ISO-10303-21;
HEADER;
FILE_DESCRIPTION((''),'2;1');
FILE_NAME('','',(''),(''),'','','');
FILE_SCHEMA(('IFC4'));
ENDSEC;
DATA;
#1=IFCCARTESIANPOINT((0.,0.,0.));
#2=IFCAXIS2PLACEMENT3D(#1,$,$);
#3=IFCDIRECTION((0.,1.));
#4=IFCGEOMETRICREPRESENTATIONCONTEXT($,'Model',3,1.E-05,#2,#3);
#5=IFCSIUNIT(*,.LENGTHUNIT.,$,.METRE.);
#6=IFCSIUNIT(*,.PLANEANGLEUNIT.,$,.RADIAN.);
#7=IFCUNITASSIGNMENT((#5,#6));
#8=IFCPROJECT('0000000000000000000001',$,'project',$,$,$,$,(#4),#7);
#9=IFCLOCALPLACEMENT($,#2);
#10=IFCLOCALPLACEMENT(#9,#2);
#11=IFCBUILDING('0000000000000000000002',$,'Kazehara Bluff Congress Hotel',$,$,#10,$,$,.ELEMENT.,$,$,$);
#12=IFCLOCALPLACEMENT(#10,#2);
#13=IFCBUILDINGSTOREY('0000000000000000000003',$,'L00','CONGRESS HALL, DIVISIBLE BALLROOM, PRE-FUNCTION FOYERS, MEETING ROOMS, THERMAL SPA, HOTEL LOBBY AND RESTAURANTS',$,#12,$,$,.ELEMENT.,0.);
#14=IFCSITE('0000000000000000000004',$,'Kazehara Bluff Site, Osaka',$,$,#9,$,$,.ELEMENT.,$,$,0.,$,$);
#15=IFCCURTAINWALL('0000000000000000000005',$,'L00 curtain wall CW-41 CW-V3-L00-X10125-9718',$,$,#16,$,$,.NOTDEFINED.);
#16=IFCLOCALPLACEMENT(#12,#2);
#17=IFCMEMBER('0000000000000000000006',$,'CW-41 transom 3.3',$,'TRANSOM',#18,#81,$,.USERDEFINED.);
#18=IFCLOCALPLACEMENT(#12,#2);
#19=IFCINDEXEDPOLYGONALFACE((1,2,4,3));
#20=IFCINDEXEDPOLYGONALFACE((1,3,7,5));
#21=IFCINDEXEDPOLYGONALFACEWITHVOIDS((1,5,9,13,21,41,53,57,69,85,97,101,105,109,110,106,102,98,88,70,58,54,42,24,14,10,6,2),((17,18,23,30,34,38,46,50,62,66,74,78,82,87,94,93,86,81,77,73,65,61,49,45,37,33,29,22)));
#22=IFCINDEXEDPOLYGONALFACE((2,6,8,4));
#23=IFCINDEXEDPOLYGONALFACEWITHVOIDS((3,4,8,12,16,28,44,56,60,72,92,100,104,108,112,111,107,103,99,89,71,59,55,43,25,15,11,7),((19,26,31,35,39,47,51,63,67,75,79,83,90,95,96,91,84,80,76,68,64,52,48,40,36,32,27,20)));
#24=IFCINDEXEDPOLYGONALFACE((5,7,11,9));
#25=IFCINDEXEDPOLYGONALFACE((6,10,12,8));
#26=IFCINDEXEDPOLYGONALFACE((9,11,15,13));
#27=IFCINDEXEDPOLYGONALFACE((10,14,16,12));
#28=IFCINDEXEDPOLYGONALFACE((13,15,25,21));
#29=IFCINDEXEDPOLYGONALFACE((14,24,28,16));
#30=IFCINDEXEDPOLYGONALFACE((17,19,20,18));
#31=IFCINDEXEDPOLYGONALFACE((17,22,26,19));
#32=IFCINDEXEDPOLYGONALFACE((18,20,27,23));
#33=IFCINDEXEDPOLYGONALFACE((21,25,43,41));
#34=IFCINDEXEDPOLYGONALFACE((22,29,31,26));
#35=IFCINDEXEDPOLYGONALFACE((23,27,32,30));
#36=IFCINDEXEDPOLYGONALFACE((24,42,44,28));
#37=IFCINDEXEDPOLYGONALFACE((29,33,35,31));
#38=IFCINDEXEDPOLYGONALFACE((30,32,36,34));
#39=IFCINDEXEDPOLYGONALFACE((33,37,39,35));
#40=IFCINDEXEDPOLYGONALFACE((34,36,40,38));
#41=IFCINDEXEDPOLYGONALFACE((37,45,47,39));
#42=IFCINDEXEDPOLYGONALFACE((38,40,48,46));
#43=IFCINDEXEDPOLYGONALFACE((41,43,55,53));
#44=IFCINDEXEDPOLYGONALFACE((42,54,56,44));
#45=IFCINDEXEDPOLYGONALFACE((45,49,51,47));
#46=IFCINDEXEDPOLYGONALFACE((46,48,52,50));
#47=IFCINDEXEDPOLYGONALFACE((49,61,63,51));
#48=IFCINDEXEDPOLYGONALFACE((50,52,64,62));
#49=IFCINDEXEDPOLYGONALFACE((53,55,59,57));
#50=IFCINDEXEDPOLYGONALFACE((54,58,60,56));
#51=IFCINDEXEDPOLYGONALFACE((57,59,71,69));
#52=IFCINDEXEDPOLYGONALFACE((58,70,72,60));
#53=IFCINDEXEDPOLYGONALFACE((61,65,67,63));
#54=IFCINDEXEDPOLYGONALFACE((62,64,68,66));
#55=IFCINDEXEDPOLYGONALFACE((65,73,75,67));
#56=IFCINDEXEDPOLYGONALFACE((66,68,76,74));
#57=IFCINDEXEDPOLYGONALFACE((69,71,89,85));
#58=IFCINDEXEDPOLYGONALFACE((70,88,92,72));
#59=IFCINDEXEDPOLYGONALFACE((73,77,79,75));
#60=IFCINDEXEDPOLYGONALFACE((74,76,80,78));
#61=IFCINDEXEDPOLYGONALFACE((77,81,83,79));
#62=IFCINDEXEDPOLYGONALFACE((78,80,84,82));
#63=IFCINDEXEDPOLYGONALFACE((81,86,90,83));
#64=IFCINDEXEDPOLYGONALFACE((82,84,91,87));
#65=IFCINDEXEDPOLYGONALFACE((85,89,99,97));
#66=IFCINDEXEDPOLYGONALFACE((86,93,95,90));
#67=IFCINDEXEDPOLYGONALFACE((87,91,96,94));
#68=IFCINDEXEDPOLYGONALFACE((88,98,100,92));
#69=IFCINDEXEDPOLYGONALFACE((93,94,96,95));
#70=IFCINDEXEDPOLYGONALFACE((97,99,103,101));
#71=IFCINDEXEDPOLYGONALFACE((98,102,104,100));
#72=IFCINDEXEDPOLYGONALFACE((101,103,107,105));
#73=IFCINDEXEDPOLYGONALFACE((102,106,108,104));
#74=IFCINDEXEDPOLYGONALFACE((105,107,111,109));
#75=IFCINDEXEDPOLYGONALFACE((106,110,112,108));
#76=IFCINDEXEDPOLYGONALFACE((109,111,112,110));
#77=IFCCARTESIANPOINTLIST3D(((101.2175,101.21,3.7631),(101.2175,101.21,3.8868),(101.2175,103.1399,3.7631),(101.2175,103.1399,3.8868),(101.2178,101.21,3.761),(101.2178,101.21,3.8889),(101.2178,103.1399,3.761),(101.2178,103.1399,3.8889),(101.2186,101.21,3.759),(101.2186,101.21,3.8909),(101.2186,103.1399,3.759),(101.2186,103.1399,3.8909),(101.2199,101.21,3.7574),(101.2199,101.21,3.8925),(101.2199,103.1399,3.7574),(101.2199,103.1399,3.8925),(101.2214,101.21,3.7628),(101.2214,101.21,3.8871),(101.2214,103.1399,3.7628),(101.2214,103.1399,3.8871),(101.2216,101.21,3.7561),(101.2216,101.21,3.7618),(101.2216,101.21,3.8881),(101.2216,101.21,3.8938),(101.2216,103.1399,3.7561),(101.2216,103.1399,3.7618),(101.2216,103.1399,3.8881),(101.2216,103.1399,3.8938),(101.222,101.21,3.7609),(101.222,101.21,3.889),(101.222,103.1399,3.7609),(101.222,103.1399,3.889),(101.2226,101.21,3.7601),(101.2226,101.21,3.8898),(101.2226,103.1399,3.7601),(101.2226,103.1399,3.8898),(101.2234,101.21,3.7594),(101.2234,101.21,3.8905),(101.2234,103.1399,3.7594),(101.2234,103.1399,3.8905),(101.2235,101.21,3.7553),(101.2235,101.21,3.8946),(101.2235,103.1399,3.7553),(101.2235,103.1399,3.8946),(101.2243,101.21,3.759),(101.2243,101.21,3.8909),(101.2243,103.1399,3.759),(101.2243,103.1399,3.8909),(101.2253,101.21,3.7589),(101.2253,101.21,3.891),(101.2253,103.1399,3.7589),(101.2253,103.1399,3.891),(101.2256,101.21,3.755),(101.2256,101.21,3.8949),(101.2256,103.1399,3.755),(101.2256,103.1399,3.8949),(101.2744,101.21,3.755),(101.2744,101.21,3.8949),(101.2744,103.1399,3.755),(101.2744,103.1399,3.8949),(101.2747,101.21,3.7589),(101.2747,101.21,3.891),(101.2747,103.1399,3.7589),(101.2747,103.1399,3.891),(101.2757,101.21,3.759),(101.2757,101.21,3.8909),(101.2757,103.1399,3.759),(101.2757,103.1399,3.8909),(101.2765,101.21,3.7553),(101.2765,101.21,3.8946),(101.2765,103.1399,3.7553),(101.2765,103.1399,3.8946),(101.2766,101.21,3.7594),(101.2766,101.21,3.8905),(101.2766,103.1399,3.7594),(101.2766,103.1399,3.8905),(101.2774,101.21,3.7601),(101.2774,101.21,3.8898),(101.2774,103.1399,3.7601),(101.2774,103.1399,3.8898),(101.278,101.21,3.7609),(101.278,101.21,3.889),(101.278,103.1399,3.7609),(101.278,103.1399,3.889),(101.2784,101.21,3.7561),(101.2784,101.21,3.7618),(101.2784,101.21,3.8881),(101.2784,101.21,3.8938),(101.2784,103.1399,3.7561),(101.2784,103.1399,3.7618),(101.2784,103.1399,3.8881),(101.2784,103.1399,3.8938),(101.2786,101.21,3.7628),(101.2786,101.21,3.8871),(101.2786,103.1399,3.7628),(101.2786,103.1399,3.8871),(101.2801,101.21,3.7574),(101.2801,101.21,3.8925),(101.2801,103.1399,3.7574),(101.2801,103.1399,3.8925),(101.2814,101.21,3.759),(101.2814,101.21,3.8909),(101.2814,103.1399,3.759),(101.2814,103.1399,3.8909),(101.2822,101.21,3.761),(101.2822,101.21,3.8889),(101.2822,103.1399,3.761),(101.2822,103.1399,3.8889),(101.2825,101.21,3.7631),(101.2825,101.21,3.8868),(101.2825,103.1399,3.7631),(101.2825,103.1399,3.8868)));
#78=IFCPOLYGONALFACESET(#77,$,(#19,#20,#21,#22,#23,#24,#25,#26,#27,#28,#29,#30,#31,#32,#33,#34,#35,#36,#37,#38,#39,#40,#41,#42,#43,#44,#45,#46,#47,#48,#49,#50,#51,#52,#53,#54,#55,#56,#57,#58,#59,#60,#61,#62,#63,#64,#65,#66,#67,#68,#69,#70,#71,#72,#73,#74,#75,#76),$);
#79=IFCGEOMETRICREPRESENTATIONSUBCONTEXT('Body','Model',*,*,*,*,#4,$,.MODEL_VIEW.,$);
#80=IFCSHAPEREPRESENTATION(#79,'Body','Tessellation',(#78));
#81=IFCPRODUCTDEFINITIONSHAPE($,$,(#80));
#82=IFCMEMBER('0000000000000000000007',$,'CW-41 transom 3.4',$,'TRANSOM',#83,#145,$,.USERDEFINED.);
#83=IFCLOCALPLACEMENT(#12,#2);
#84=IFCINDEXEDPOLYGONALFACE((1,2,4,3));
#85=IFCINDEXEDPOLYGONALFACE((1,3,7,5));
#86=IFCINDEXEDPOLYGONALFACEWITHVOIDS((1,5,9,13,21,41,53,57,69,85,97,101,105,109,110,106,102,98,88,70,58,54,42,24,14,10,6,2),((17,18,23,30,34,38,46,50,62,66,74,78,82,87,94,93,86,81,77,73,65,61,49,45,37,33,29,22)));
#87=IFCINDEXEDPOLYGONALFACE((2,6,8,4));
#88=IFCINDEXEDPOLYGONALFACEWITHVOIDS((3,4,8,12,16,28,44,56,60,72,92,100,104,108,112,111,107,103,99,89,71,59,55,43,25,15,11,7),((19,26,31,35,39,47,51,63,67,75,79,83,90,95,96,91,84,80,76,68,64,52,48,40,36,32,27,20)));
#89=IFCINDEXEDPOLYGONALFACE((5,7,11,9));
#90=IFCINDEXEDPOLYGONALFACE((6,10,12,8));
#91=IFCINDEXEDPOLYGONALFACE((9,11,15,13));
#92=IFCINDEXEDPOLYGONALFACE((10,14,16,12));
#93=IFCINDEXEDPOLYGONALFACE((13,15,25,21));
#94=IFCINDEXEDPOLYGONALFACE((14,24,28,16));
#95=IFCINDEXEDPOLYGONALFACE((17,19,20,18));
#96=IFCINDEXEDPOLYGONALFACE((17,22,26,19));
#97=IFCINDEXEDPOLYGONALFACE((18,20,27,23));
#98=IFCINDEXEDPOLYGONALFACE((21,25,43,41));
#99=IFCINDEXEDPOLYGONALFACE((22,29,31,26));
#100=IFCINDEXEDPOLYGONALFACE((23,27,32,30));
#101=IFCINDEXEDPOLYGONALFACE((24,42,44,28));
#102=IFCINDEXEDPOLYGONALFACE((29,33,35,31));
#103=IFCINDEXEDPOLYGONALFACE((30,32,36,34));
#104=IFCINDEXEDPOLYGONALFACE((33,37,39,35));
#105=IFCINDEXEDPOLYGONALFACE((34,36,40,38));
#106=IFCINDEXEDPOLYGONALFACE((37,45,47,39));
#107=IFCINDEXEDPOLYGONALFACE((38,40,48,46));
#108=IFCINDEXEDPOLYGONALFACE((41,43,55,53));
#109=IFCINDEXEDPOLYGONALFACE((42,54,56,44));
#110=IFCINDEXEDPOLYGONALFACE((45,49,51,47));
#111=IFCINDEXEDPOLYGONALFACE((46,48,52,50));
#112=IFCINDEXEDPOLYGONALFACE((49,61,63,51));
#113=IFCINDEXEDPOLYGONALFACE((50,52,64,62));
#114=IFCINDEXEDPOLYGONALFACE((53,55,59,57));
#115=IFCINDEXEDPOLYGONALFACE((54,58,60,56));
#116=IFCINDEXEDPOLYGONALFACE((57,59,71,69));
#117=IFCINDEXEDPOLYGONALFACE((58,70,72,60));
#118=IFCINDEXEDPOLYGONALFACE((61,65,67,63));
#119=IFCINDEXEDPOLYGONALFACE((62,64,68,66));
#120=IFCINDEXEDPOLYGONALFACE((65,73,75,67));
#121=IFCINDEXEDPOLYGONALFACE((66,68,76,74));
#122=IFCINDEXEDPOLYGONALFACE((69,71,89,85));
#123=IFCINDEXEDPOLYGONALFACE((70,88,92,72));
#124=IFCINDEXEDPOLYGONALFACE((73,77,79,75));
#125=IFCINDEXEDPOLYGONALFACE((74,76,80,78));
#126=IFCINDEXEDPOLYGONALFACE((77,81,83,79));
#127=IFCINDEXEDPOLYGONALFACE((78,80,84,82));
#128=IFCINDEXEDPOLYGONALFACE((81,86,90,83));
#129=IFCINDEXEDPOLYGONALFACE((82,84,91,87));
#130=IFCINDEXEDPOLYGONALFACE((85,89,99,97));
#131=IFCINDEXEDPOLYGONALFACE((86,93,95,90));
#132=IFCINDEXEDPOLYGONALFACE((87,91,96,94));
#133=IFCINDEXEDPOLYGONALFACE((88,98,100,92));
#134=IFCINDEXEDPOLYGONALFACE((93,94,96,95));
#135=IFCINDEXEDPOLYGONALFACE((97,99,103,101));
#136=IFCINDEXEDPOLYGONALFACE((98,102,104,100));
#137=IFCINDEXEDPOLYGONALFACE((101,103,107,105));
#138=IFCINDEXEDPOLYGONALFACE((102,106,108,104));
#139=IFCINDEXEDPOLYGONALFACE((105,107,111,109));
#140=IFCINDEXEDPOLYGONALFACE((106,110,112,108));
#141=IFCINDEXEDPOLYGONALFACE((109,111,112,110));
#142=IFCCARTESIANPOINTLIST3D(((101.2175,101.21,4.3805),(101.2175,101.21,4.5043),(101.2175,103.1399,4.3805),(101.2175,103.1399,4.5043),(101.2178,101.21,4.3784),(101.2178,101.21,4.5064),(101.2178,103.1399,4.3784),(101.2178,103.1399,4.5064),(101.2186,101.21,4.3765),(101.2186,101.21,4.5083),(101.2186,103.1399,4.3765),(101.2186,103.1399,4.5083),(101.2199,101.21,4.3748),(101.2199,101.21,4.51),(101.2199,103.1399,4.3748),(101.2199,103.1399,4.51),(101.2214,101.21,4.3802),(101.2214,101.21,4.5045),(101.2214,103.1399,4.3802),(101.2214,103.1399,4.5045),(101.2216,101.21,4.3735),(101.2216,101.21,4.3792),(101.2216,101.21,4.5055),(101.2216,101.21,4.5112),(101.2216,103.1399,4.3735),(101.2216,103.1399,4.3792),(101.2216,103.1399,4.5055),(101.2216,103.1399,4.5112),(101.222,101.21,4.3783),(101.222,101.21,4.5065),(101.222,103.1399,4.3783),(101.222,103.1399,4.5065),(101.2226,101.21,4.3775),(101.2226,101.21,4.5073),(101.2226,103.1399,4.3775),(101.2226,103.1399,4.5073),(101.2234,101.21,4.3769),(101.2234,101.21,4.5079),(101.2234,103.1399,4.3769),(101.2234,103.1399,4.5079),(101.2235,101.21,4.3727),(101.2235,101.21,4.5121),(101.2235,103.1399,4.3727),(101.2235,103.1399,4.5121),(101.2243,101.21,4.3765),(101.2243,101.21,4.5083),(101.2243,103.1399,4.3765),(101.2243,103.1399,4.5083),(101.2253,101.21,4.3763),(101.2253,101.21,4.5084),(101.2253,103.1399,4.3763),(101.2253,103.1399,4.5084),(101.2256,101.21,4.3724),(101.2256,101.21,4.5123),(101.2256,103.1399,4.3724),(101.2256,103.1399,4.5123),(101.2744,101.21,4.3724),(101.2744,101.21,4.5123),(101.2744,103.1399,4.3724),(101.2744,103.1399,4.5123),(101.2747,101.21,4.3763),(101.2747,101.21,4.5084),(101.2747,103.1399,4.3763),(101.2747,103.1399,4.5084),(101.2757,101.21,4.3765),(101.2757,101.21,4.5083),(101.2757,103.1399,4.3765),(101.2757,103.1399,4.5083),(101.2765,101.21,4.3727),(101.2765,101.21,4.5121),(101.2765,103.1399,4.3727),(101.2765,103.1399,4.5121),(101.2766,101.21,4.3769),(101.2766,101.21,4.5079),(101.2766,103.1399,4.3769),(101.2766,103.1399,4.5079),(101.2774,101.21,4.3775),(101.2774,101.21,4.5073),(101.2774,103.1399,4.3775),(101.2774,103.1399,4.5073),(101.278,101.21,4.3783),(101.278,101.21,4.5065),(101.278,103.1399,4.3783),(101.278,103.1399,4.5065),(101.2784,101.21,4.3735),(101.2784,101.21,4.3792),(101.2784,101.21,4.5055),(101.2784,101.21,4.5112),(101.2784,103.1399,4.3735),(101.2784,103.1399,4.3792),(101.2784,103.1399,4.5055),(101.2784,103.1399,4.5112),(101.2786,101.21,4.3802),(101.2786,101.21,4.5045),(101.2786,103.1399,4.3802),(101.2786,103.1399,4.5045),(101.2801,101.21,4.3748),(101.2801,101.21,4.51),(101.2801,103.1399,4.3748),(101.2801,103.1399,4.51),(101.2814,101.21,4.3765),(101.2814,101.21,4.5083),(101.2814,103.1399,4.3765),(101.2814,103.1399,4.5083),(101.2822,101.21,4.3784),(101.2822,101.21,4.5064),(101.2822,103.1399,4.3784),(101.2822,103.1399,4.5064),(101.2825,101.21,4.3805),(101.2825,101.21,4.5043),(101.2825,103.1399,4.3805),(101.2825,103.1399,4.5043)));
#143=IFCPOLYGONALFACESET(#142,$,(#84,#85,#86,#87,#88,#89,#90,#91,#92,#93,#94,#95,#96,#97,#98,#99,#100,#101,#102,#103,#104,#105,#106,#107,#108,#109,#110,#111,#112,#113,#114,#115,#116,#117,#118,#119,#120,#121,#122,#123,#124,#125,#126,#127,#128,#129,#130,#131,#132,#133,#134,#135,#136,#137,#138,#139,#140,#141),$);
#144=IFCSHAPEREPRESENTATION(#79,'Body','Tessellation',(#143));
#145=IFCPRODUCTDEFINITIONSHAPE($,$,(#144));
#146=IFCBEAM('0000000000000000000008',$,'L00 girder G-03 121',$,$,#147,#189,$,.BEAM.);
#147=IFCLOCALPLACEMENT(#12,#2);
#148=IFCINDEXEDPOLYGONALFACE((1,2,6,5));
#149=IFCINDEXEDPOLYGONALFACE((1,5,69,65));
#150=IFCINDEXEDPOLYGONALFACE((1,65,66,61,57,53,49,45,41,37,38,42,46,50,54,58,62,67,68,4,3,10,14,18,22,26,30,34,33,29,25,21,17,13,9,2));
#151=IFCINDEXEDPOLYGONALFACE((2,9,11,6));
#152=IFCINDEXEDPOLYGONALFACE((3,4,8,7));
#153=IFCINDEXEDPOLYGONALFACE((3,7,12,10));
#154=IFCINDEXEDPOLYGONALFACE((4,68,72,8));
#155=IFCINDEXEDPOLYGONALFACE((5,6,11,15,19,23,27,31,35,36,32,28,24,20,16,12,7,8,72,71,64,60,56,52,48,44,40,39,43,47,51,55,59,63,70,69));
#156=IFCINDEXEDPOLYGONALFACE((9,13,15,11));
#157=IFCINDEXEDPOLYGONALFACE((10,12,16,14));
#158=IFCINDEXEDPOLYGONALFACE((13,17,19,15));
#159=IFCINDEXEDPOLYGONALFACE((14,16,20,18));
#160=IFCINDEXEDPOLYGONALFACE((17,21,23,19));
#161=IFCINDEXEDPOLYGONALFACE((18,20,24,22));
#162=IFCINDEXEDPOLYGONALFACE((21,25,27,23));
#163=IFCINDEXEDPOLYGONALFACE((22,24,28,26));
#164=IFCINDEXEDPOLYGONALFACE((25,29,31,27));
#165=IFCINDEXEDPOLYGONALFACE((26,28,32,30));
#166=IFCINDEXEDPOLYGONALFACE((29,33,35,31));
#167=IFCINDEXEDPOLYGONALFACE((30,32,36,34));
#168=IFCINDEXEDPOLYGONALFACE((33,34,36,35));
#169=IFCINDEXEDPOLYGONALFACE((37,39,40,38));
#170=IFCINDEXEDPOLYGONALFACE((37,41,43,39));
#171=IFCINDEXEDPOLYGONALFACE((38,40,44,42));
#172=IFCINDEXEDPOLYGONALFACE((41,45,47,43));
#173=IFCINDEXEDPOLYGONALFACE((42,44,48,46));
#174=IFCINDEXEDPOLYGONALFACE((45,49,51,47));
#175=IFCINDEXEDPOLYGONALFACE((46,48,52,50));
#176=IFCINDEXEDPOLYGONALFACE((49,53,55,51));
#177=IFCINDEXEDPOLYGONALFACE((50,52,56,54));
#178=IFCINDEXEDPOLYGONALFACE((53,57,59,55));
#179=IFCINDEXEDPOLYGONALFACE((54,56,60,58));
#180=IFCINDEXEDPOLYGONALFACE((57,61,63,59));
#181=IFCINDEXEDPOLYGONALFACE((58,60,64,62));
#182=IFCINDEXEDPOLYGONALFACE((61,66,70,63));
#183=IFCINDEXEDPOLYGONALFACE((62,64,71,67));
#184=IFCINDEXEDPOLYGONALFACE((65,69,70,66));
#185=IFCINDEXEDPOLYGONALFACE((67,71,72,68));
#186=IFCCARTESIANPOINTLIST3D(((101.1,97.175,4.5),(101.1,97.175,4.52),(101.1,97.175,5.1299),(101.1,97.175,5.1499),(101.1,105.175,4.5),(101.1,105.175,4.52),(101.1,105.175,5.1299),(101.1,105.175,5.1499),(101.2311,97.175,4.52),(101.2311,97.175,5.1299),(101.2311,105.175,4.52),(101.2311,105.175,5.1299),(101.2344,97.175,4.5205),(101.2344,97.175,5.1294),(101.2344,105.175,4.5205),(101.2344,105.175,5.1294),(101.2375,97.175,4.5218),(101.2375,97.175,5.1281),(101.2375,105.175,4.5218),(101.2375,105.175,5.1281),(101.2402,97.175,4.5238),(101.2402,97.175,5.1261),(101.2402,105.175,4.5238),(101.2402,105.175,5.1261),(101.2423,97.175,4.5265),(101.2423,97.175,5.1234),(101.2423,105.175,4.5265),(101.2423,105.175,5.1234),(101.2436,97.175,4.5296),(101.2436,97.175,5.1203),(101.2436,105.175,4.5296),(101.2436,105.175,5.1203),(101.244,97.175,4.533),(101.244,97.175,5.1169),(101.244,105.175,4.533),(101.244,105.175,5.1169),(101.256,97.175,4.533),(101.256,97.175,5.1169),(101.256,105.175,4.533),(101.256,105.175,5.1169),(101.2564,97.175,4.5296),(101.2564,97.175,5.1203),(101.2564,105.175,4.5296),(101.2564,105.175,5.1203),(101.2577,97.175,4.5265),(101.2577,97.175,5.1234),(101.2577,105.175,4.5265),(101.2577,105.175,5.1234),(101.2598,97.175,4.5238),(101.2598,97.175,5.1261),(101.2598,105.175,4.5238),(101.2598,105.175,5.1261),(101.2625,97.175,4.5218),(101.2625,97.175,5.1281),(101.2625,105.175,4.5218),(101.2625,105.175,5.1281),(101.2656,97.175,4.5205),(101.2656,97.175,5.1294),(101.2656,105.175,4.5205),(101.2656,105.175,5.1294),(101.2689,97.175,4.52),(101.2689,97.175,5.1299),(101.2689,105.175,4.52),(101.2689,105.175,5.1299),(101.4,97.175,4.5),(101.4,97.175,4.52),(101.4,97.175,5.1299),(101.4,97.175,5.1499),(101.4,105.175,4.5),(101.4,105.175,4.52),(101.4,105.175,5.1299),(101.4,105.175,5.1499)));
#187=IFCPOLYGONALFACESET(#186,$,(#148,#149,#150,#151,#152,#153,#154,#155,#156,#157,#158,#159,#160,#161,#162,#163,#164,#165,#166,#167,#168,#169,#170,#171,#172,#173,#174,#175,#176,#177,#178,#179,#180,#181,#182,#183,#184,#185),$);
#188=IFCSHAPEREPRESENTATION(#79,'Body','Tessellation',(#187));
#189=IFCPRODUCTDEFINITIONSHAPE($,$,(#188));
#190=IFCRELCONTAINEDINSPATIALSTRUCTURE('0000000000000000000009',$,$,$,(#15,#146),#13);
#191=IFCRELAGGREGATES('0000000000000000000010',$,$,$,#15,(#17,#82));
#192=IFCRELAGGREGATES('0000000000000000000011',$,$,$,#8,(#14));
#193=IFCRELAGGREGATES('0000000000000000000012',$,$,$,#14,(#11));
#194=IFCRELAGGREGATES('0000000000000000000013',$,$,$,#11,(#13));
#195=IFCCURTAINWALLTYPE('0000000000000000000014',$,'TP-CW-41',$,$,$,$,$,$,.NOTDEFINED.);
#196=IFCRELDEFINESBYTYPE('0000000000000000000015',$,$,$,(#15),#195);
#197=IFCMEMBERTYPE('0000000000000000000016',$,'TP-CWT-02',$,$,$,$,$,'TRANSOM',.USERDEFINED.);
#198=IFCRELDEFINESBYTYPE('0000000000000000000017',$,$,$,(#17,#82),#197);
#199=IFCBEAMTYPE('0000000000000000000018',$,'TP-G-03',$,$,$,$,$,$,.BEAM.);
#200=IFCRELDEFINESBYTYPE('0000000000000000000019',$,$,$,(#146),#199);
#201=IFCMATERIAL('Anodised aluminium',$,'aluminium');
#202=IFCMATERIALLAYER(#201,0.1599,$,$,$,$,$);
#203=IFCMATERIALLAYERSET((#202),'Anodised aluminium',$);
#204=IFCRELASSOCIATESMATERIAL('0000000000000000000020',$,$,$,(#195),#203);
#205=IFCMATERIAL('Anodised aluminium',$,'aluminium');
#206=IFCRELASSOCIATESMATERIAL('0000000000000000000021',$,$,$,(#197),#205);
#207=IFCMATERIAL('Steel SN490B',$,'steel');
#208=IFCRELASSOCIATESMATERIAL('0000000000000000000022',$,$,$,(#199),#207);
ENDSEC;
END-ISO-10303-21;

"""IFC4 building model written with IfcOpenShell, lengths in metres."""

from ifc_helpers import new_model, si_unit, direction, frame, origin, origin_2d, place, context, subcontext, project, spatial, hollow_rectangle, i_section, extrude, material, layer, layer_set, material_profile, profile_set, type_object, element, aggregate, save


model = new_model("IFC4")

# Units and contexts
model_context = context("Model", 3, precision=1e-05, world=origin(), true_north=direction((0.0, 1.0)))
body_context = subcontext(model_context, "Body", "Model", "MODEL_VIEW")
ifc_project = project(units=[si_unit("LENGTHUNIT", "METRE"), si_unit("PLANEANGLEUNIT", "RADIAN")], contexts=[model_context])

# Site, building, storey
site_placement = place(None, origin())
site = spatial("IfcSite", under=ifc_project, at=site_placement, Name="Kazehara Bluff Site, Osaka", CompositionType="ELEMENT", RefElevation=0.0)
building_placement = place(site_placement, origin())
building = spatial("IfcBuilding", under=site, at=building_placement, Name="Kazehara Bluff Congress Hotel", CompositionType="ELEMENT")
storey_placement = place(building_placement, origin())
storey = spatial("IfcBuildingStorey", under=building, at=storey_placement, Name="L00", Description="CONGRESS HALL, DIVISIBLE BALLROOM, PRE-FUNCTION FOYERS, MEETING ROOMS, THERMAL SPA, HOTEL LOBBY AND RESTAURANTS", CompositionType="ELEMENT", Elevation=0.0)

# Curtain wall
ifc_material_1 = material(Name="Anodised aluminium", Category="aluminium")
ifc_layer_1 = layer(ifc_material_1, 0.1599)
ifc_layer_set_1 = layer_set([ifc_layer_1], Name="Anodised aluminium")
curtain_wall_type_1 = type_object("IfcCurtainWallType", Name="TP-CW-41", PredefinedType="NOTDEFINED", material=ifc_layer_set_1)
curtain_wall_1_placement = place(storey_placement, origin())
curtain_wall_1 = element("IfcCurtainWall", 1, at=curtain_wall_1_placement, inside=storey, type_object=curtain_wall_type_1, Name="L00 curtain wall CW-41 CW-V3-L00-X10125-9718", PredefinedType="NOTDEFINED")

# Members
ifc_material_2 = material(Name="Anodised aluminium", Category="aluminium")
ifc_material_profile_1 = material_profile(ifc_material_2, hollow_rectangle(XDim=0.0649, YDim=0.1399, WallThickness=0.0039, InnerFilletRadius=0.0039, OuterFilletRadius=0.0081, at=origin_2d()))
ifc_profile_set_1 = profile_set([ifc_material_profile_1], Name="Anodised aluminium")
member_type_1 = type_object("IfcMemberType", Name="TP-CWT-02", ElementType="TRANSOM", PredefinedType="USERDEFINED", material=ifc_profile_set_1)
member_1_placement = place(storey_placement, frame((101.25, 101.21, 3.825), z_axis=(0.0, 1.0, 0.0), x_axis=(-1.0, 0.0, 0.0)))
member_1 = element("IfcMember", 2, at=member_1_placement, type_object=member_type_1, Name="CW-41 transom 3.3", ObjectType="TRANSOM", PredefinedType="USERDEFINED", context=body_context, shape_type="SweptSolid", body=[
    extrude(hollow_rectangle(XDim=0.0649, YDim=0.1399, WallThickness=0.0039, InnerFilletRadius=0.0039, OuterFilletRadius=0.0081, at=origin_2d()), origin(), (0.0, 0.0, 1.0), 1.9299),
])
member_2_placement = place(storey_placement, frame((101.25, 101.21, 4.4424), z_axis=(0.0, 1.0, 0.0), x_axis=(-1.0, 0.0, 0.0)))
member_2 = element("IfcMember", 3, at=member_2_placement, type_object=member_type_1, Name="CW-41 transom 3.4", ObjectType="TRANSOM", PredefinedType="USERDEFINED", context=body_context, shape_type="SweptSolid", body=[
    extrude(hollow_rectangle(XDim=0.0649, YDim=0.1399, WallThickness=0.0039, InnerFilletRadius=0.0039, OuterFilletRadius=0.0081, at=origin_2d()), origin(), (0.0, 0.0, 1.0), 1.9299),
])

# Beam
ifc_material_3 = material(Name="Steel SN490B", Category="steel")
ifc_material_profile_2 = material_profile(ifc_material_3, i_section(OverallWidth=0.3, OverallDepth=0.6499, WebThickness=0.012, FlangeThickness=0.02, FilletRadius=0.0129, at=origin_2d()))
ifc_profile_set_2 = profile_set([ifc_material_profile_2], Name="Steel SN490B")
beam_type = type_object("IfcBeamType", Name="TP-G-03", PredefinedType="BEAM", material=ifc_profile_set_2)
beam_placement = place(storey_placement, frame((101.25, 97.175, 4.825), z_axis=(0.0, 1.0, 0.0), x_axis=(-1.0, 0.0, 0.0)))
element("IfcBeam", 4, at=beam_placement, inside=storey, type_object=beam_type, Name="L00 girder G-03 121", PredefinedType="BEAM", context=body_context, shape_type="SweptSolid", body=[
    extrude(i_section(OverallWidth=0.3, OverallDepth=0.6499, WebThickness=0.012, FlangeThickness=0.02, FilletRadius=0.0129, at=origin_2d()), origin(), (0.0, 0.0, 1.0), 8.0),
])

aggregate(curtain_wall_1, [member_1, member_2])

save(model, "model.ifc")
